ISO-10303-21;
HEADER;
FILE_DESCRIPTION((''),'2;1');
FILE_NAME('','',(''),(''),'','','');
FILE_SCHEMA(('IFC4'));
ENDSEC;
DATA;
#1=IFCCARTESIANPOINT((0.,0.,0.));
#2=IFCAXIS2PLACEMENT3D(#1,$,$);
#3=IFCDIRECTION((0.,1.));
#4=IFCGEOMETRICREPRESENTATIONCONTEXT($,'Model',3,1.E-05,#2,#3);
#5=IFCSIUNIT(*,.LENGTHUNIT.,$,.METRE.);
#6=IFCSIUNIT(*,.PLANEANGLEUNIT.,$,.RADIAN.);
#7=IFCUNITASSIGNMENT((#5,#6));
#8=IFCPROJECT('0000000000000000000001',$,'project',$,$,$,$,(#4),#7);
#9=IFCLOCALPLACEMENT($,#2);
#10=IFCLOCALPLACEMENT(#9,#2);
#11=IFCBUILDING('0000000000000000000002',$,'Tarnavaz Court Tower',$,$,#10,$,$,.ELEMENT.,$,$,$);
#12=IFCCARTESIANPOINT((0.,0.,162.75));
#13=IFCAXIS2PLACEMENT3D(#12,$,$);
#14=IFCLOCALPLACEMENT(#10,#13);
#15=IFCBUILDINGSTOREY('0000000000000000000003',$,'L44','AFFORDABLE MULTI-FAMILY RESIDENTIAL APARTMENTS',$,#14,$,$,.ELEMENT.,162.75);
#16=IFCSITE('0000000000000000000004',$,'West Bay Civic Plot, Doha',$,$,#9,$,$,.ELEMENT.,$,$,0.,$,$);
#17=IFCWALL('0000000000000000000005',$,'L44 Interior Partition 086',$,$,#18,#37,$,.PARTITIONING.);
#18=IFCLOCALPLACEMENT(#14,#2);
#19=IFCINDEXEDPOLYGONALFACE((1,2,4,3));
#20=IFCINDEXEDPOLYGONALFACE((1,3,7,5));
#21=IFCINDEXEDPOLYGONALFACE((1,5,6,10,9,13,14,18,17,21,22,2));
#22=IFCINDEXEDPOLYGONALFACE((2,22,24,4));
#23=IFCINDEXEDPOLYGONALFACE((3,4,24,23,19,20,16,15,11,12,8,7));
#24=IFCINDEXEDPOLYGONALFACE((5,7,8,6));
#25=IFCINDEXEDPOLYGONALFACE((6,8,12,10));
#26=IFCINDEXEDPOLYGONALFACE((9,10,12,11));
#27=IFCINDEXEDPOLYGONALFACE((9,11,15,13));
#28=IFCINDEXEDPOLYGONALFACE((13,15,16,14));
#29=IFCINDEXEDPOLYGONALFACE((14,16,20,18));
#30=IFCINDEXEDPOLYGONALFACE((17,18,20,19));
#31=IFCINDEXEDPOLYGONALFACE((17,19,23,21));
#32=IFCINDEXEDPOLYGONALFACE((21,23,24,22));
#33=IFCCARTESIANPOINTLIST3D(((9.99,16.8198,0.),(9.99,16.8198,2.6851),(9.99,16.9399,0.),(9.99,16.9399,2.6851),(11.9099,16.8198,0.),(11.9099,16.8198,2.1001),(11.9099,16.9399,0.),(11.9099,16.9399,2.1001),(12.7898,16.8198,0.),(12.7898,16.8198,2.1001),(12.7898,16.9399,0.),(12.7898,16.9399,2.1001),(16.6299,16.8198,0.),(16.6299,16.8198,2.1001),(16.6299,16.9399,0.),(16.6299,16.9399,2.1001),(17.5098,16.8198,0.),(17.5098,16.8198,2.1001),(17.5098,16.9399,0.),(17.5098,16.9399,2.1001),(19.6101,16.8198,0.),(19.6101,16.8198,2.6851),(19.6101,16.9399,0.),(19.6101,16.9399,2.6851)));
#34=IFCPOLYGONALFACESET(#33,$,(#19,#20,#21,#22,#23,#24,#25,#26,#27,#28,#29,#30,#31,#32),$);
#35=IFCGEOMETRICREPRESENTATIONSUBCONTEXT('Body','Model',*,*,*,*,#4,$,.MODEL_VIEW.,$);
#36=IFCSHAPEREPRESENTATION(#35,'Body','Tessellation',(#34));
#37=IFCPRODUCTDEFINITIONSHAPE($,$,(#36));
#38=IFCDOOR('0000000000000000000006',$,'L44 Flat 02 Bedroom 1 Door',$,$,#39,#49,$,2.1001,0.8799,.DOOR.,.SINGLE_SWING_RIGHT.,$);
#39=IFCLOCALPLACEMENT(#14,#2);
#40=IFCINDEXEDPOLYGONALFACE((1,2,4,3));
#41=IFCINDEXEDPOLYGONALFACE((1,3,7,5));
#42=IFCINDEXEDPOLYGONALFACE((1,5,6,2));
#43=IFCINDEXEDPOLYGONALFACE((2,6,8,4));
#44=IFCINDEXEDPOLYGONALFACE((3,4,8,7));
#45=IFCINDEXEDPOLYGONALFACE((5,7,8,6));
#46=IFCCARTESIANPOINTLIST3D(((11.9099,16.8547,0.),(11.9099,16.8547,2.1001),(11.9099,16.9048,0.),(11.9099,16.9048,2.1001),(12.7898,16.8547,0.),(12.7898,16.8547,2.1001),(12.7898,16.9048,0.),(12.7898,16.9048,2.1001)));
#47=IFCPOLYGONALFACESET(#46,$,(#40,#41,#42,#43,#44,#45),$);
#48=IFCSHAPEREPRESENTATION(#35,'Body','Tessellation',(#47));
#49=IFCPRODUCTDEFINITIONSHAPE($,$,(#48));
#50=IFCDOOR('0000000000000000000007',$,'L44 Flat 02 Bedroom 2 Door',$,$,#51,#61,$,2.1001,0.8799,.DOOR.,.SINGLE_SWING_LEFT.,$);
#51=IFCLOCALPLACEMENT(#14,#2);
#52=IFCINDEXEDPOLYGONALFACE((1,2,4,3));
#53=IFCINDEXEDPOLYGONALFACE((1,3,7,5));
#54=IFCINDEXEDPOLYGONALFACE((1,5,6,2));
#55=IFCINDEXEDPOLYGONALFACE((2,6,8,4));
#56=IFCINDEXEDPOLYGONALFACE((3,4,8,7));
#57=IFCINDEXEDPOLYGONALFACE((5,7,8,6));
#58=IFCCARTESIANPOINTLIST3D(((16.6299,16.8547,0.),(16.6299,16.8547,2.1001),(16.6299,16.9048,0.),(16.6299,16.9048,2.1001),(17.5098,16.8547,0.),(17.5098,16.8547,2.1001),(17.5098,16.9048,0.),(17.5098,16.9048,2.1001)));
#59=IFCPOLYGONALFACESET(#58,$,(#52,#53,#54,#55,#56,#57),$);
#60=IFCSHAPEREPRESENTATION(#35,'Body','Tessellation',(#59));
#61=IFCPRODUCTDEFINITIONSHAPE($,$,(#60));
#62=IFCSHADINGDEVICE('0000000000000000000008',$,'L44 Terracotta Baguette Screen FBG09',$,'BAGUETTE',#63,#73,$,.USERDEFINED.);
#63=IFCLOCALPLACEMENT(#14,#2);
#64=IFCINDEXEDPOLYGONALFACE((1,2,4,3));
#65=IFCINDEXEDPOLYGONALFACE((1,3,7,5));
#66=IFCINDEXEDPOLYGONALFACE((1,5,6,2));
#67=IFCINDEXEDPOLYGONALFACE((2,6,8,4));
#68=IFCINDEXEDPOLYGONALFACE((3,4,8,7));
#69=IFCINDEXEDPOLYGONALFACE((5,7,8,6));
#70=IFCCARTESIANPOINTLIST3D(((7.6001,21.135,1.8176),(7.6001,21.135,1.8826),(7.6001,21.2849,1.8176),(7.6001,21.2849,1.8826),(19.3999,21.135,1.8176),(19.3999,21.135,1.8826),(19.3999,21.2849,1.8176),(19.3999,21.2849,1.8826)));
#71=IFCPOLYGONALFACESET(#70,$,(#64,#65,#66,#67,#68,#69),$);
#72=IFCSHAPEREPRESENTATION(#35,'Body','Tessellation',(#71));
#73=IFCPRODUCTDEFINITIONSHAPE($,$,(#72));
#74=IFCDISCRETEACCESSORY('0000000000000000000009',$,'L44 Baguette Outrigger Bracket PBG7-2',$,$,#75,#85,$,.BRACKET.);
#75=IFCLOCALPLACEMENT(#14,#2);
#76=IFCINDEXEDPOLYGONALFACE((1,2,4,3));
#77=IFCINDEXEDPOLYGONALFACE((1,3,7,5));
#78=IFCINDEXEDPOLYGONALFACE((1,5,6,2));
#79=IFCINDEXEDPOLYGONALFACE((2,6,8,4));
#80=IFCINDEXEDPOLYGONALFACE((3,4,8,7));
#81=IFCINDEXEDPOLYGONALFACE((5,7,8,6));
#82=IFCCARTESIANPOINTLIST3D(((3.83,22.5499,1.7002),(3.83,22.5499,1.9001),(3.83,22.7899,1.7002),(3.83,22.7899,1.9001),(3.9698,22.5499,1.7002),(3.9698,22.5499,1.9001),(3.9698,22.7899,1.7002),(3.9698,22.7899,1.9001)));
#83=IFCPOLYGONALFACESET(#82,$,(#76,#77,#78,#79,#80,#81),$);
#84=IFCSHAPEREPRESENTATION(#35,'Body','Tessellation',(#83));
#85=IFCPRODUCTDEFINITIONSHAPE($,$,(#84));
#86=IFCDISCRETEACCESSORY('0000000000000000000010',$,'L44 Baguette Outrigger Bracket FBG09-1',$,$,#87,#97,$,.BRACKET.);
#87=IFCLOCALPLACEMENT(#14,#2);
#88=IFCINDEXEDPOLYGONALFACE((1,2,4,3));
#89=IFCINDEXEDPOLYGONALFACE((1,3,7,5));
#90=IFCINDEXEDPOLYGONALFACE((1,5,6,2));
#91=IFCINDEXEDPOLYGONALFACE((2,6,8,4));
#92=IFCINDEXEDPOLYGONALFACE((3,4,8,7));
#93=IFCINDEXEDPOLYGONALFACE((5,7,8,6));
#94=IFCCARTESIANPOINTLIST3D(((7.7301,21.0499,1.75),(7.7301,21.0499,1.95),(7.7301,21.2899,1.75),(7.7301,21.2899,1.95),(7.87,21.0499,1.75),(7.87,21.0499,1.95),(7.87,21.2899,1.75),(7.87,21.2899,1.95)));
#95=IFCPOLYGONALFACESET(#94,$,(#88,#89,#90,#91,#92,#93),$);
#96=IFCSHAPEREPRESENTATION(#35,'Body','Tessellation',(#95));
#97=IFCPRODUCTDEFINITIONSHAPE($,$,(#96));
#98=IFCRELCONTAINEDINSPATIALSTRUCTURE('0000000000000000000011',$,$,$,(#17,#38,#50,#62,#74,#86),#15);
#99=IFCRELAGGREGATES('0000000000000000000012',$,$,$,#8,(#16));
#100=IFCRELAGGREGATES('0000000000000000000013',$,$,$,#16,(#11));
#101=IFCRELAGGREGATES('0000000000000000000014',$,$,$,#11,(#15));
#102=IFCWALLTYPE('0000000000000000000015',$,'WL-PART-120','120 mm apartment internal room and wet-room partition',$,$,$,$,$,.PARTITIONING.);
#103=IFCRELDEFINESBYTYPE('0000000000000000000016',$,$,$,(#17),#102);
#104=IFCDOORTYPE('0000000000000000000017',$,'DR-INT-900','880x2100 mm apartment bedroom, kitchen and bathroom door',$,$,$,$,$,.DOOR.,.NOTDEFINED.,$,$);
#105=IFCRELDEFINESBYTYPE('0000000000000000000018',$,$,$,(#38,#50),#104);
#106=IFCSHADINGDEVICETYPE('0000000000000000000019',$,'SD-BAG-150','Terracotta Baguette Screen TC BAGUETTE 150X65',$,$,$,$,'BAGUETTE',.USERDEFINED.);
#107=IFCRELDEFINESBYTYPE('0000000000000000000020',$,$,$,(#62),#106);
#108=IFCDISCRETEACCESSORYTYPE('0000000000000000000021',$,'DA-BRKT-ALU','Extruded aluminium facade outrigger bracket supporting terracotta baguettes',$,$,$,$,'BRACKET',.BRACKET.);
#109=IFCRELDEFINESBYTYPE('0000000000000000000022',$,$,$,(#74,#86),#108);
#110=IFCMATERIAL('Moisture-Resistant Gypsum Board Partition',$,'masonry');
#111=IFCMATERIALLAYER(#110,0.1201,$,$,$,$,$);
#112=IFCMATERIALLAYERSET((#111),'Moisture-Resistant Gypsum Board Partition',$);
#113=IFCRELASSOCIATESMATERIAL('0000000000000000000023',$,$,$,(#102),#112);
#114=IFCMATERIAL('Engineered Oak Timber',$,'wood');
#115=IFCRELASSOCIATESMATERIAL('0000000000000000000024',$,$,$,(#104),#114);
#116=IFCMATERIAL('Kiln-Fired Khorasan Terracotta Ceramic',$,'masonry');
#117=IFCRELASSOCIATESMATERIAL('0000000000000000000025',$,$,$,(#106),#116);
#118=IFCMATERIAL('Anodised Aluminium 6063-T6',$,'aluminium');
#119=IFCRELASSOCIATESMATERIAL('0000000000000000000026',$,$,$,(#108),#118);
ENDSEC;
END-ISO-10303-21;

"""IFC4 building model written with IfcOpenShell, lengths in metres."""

from ifc_helpers import new_model, si_unit, direction, frame, frame_2d, origin, origin_2d, place, context, subcontext, project, spatial, rectangle, extrude, material, layer, layer_set, material_profile, profile_set, type_object, element, fill, save


model = new_model("IFC4")

# Units and contexts
model_context = context("Model", 3, precision=1e-05, world=origin(), true_north=direction((0.0, 1.0)))
body_context = subcontext(model_context, "Body", "Model", "MODEL_VIEW")
ifc_project = project(units=[si_unit("LENGTHUNIT", "METRE"), si_unit("PLANEANGLEUNIT", "RADIAN")], contexts=[model_context])

# Site, building, storey
site_placement = place(None, origin())
site = spatial("IfcSite", under=ifc_project, at=site_placement, Name="West Bay Civic Plot, Doha", CompositionType="ELEMENT", RefElevation=0.0)
building_placement = place(site_placement, origin())
building = spatial("IfcBuilding", under=site, at=building_placement, Name="Tarnavaz Court Tower", CompositionType="ELEMENT")
storey_placement = place(building_placement, frame((0.0, 0.0, 162.75)))
storey = spatial("IfcBuildingStorey", under=building, at=storey_placement, Name="L44", Description="AFFORDABLE MULTI-FAMILY RESIDENTIAL APARTMENTS", CompositionType="ELEMENT", Elevation=162.75)

# Shared definitions
ifc_material_1 = material(Name="Anodised Aluminium 6063-T6", Category="aluminium")

# Shared definitions
ifc_material_2 = material(Name="Moisture-Resistant Gypsum Board Partition", Category="masonry")
ifc_layer_1 = layer(ifc_material_2, 0.1201)
ifc_layer_set_1 = layer_set([ifc_layer_1], Name="Moisture-Resistant Gypsum Board Partition")
wall_type_1 = type_object("IfcWallType", Name="WL-PART-120", Description="120 mm apartment internal room and wet-room partition", PredefinedType="PARTITIONING", material=ifc_layer_set_1)
ifc_material_3 = material(Name="Engineered Oak Timber", Category="wood")
door_type_1 = type_object("IfcDoorType", Name="DR-INT-900", Description="880x2100 mm apartment bedroom, kitchen and bathroom door", OperationType="NOTDEFINED", PredefinedType="DOOR", material=ifc_material_3)

# Wall, openings, doors
wall_1_placement = place(storey_placement, frame((9.99, 16.8799, 0.0), z_axis=(0.0, 0.0, 1.0), x_axis=(1.0, 0.0, 0.0)))
wall_1 = element("IfcWall", 1, at=wall_1_placement, inside=storey, type_object=wall_type_1, Name="L44 Interior Partition 086", PredefinedType="PARTITIONING", context=body_context, shape_type="SweptSolid", body=[
    extrude(rectangle(XDim=9.6201, YDim=0.1201, at=frame_2d((4.8101, 0.0))), origin(), (0.0, 0.0, 1.0), 2.6851),
])
opening_1_placement = place(wall_1_placement, frame((1.9199, 0.0, 0.0)))
opening_1 = element("IfcOpeningElement", 2, at=opening_1_placement, cuts=wall_1, PredefinedType="OPENING", context=body_context, shape_type="SweptSolid", body=[
    extrude(rectangle(XDim=0.8799, YDim=2.1001, at=frame_2d((0.4399, 1.05))), frame((0.0, 0.0701, 0.0), z_axis=(0.0, -1.0, 0.0), x_axis=(1.0, 0.0, 0.0)), (0.0, 0.0, 1.0), 0.1401),
])
opening_2_placement = place(wall_1_placement, frame((6.6399, 0.0, 0.0)))
opening_2 = element("IfcOpeningElement", 3, at=opening_2_placement, cuts=wall_1, PredefinedType="OPENING", context=body_context, shape_type="SweptSolid", body=[
    extrude(rectangle(XDim=0.8799, YDim=2.1001, at=frame_2d((0.4399, 1.05))), frame((0.0, 0.0701, 0.0), z_axis=(0.0, -1.0, 0.0), x_axis=(1.0, 0.0, 0.0)), (0.0, 0.0, 1.0), 0.1401),
])
door_1_placement = place(opening_1_placement, origin())
door_1 = element("IfcDoor", 4, at=door_1_placement, inside=storey, type_object=door_type_1, Name="L44 Flat 02 Bedroom 1 Door", OperationType="SINGLE_SWING_RIGHT", OverallHeight=2.1001, OverallWidth=0.8799, PredefinedType="DOOR", context=body_context, shape_type="SweptSolid", body=[
    extrude(rectangle(XDim=0.8799, YDim=2.1001, at=frame_2d((0.4399, 1.05))), frame((0.0, 0.0249, 0.0), z_axis=(0.0, -1.0, 0.0), x_axis=(1.0, 0.0, 0.0)), (0.0, 0.0, 1.0), 0.05),
])
fill(opening_1, door_1)
door_2_placement = place(opening_2_placement, origin())
door_2 = element("IfcDoor", 5, at=door_2_placement, inside=storey, type_object=door_type_1, Name="L44 Flat 02 Bedroom 2 Door", OperationType="SINGLE_SWING_LEFT", OverallHeight=2.1001, OverallWidth=0.8799, PredefinedType="DOOR", context=body_context, shape_type="SweptSolid", body=[
    extrude(rectangle(XDim=0.8799, YDim=2.1001, at=frame_2d((0.4399, 1.05))), frame((0.0, 0.0249, 0.0), z_axis=(0.0, -1.0, 0.0), x_axis=(1.0, 0.0, 0.0)), (0.0, 0.0, 1.0), 0.05),
])
fill(opening_2, door_2)

# Shading device
ifc_material_4 = material(Name="Kiln-Fired Khorasan Terracotta Ceramic", Category="masonry")
ifc_material_profile_1 = material_profile(ifc_material_4, rectangle(XDim=0.1499, YDim=0.0649, at=origin_2d()), Name="TC BAGUETTE 150X65")
ifc_profile_set_1 = profile_set([ifc_material_profile_1], Name="Kiln-Fired Khorasan Terracotta Ceramic")
shading_device_type = type_object("IfcShadingDeviceType", Name="SD-BAG-150", Description="Terracotta Baguette Screen TC BAGUETTE 150X65", ElementType="BAGUETTE", PredefinedType="USERDEFINED", material=ifc_profile_set_1)
shading_device_placement = place(storey_placement, frame((7.6001, 21.21, 1.8501), z_axis=(1.0, 0.0, 0.0), x_axis=(0.0, 1.0, 0.0)))
element("IfcShadingDevice", 6, at=shading_device_placement, inside=storey, type_object=shading_device_type, Name="L44 Terracotta Baguette Screen FBG09", ObjectType="BAGUETTE", PredefinedType="USERDEFINED", context=body_context, shape_type="SweptSolid", body=[
    extrude(rectangle(XDim=0.1499, YDim=0.0649, at=origin_2d()), origin(), (0.0, 0.0, 1.0), 11.7998),
])

# Discrete accessories
discrete_accessory_type = type_object("IfcDiscreteAccessoryType", Name="DA-BRKT-ALU", Description="Extruded aluminium facade outrigger bracket supporting terracotta baguettes", ElementType="BRACKET", PredefinedType="BRACKET", material=ifc_material_1)
for number, where, z_axis, x_axis, name in (
    (7, (3.8999, 22.6699, 1.7002), (0.0, 0.0, 1.0), (1.0, 0.0, 0.0), "L44 Baguette Outrigger Bracket PBG7-2"),
    (8, (7.8, 21.1699, 1.75), (0.0, 0.0, 1.0), (1.0, 0.0, 0.0), "L44 Baguette Outrigger Bracket FBG09-1"),
):
    element("IfcDiscreteAccessory", number, at=place(storey_placement, frame(where, z_axis=z_axis, x_axis=x_axis)), inside=storey, type_object=discrete_accessory_type, Name=name, PredefinedType="BRACKET", context=body_context, shape_type="SweptSolid", body=[
        extrude(rectangle(XDim=0.1399, YDim=0.24, at=origin_2d()), origin(), (0.0, 0.0, 1.0), 0.2),
    ])

save(model, "model.ifc")
